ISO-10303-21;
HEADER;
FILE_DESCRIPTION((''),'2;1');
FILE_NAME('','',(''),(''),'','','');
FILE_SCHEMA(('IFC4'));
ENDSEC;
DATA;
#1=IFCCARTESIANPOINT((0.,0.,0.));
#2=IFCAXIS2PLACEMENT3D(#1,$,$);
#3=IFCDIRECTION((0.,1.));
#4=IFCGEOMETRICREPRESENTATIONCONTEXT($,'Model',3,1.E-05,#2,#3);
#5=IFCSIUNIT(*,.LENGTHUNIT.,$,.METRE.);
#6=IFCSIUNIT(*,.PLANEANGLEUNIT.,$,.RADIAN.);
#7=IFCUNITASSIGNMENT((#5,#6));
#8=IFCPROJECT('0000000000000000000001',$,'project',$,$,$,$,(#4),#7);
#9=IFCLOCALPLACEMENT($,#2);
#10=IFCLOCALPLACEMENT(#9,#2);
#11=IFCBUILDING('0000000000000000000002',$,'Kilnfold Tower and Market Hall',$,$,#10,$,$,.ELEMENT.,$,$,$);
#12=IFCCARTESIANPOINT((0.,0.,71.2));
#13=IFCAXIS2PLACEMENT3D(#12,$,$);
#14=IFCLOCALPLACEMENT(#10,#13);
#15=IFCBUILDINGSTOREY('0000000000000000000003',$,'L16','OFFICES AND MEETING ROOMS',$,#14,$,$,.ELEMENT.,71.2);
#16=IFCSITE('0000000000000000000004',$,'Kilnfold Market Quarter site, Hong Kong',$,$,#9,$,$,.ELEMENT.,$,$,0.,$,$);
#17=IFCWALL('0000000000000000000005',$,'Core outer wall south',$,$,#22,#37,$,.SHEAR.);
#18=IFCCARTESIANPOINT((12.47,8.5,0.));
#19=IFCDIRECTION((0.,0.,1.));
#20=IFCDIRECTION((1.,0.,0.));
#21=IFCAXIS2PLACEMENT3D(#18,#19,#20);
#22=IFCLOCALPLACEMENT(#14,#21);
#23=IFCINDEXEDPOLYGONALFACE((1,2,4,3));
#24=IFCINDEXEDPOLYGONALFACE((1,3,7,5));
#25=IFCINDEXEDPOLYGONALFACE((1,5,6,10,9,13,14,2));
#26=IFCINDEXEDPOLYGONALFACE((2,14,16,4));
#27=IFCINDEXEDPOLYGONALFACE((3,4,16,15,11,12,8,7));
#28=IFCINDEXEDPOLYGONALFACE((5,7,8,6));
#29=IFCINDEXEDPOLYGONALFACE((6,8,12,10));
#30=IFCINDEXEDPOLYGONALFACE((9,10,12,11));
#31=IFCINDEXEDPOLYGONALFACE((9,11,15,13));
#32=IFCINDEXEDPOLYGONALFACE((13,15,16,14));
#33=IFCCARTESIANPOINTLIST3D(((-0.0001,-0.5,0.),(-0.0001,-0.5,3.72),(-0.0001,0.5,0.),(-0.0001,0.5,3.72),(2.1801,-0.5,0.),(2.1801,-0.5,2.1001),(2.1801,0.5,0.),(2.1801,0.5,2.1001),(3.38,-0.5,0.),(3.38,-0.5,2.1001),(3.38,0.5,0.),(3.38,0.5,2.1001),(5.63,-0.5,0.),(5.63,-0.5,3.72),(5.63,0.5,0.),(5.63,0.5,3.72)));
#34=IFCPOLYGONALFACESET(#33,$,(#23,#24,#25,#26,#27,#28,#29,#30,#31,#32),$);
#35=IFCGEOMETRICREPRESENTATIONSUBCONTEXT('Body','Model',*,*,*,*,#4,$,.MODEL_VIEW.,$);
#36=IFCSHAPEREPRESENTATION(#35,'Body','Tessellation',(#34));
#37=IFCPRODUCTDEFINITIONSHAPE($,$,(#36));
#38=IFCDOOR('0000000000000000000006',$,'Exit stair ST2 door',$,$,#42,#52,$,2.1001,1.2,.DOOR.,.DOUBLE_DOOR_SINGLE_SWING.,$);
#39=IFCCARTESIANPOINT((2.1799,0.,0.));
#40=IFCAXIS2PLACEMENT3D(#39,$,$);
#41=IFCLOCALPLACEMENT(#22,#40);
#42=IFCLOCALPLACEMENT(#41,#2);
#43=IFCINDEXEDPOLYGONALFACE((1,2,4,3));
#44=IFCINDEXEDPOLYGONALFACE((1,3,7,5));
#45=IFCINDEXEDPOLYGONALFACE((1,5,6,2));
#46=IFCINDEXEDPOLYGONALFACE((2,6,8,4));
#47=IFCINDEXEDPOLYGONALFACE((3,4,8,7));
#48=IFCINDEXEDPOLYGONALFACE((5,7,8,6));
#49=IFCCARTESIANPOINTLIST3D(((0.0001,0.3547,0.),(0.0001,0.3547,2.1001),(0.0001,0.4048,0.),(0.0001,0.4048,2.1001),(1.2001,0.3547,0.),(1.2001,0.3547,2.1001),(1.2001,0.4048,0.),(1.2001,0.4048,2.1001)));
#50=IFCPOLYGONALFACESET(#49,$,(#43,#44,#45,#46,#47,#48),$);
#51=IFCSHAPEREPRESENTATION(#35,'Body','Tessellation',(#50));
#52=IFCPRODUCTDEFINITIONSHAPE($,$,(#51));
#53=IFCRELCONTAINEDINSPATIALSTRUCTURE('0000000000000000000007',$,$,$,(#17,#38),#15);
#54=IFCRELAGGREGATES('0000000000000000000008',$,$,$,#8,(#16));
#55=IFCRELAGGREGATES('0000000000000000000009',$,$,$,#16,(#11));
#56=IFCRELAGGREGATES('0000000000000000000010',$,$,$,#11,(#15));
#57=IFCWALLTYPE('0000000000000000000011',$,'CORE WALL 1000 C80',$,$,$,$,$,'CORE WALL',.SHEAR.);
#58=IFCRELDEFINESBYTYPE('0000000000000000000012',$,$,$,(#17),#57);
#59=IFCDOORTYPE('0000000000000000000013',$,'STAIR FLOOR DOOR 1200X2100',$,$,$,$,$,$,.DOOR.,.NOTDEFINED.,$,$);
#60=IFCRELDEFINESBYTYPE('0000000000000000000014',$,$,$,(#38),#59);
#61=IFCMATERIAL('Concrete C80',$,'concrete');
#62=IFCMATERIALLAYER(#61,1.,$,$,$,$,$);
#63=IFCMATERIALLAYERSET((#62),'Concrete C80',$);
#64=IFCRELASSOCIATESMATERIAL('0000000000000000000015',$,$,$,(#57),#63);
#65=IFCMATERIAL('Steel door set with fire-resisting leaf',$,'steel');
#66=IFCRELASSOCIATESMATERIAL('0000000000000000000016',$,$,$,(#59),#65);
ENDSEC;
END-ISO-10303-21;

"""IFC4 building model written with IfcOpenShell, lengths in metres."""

from ifc_helpers import new_model, si_unit, direction, frame, frame_2d, origin, place, context, subcontext, project, spatial, rectangle, extrude, source, transform, mapped, material, layer, layer_set, type_object, element, fill, save


model = new_model("IFC4")

# Units and contexts
model_context = context("Model", 3, precision=1e-05, world=origin(), true_north=direction((0.0, 1.0)))
body_context = subcontext(model_context, "Body", "Model", "MODEL_VIEW")
ifc_project = project(units=[si_unit("LENGTHUNIT", "METRE"), si_unit("PLANEANGLEUNIT", "RADIAN")], contexts=[model_context])

# Site, building, storey
site_placement = place(None, origin())
site = spatial("IfcSite", under=ifc_project, at=site_placement, Name="Kilnfold Market Quarter site, Hong Kong", CompositionType="ELEMENT", RefElevation=0.0)
building_placement = place(site_placement, origin())
building = spatial("IfcBuilding", under=site, at=building_placement, Name="Kilnfold Tower and Market Hall", CompositionType="ELEMENT")
storey_placement = place(building_placement, frame((0.0, 0.0, 71.2)))
storey = spatial("IfcBuildingStorey", under=building, at=storey_placement, Name="L16", Description="OFFICES AND MEETING ROOMS", CompositionType="ELEMENT", Elevation=71.2)

# Shared definitions
ifc_material_1 = material(Name="Concrete C80", Category="concrete")
ifc_layer_1 = layer(ifc_material_1, 1.0)
ifc_layer_set_1 = layer_set([ifc_layer_1], Name="Concrete C80")
wall_type_1 = type_object("IfcWallType", Name="CORE WALL 1000 C80", ElementType="CORE WALL", PredefinedType="SHEAR", material=ifc_layer_set_1)

# Wall, opening, door
shared_shape_1 = source(origin(), body_context, "Body", "SweptSolid", [
    extrude(rectangle(XDim=5.6301, YDim=1.0, at=frame_2d((2.8149, 0.0))), origin(), (0.0, 0.0, 1.0), 3.72),
])
wall_1_placement = place(storey_placement, frame((12.47, 8.5, 0.0), z_axis=(0.0, 0.0, 1.0), x_axis=(1.0, 0.0, 0.0)))
wall_1 = element("IfcWall", 1, at=wall_1_placement, inside=storey, type_object=wall_type_1, Name="Core outer wall south", PredefinedType="SHEAR", context=body_context, shape_type="MappedRepresentation", body=[
    mapped(shared_shape_1, transform((0.0, 0.0, 0.0))),
])
opening_1_placement = place(wall_1_placement, frame((2.1799, 0.0, 0.0)))
opening_1 = element("IfcOpeningElement", 2, at=opening_1_placement, cuts=wall_1, PredefinedType="OPENING", context=body_context, shape_type="SweptSolid", body=[
    extrude(rectangle(XDim=1.2, YDim=2.1001, at=frame_2d((0.6001, 1.05))), frame((0.0, 0.51, 0.0), z_axis=(0.0, -1.0, 0.0), x_axis=(1.0, 0.0, 0.0)), (0.0, 0.0, 1.0), 1.02),
])
ifc_material_2 = material(Name="Steel door set with fire-resisting leaf", Category="steel")
door_type_1 = type_object("IfcDoorType", Name="STAIR FLOOR DOOR 1200X2100", OperationType="NOTDEFINED", PredefinedType="DOOR", material=ifc_material_2)
door_1_placement = place(opening_1_placement, origin())
door_1 = element("IfcDoor", 3, at=door_1_placement, inside=storey, type_object=door_type_1, Name="Exit stair ST2 door", OperationType="DOUBLE_DOOR_SINGLE_SWING", OverallHeight=2.1001, OverallWidth=1.2, PredefinedType="DOOR", context=body_context, shape_type="SweptSolid", body=[
    extrude(rectangle(XDim=1.2, YDim=2.1001, at=frame_2d((0.6001, 1.05))), frame((0.0, 0.4048, 0.0), z_axis=(0.0, -1.0, 0.0), x_axis=(1.0, 0.0, 0.0)), (0.0, 0.0, 1.0), 0.05),
])
fill(opening_1, door_1)

save(model, "model.ifc")
